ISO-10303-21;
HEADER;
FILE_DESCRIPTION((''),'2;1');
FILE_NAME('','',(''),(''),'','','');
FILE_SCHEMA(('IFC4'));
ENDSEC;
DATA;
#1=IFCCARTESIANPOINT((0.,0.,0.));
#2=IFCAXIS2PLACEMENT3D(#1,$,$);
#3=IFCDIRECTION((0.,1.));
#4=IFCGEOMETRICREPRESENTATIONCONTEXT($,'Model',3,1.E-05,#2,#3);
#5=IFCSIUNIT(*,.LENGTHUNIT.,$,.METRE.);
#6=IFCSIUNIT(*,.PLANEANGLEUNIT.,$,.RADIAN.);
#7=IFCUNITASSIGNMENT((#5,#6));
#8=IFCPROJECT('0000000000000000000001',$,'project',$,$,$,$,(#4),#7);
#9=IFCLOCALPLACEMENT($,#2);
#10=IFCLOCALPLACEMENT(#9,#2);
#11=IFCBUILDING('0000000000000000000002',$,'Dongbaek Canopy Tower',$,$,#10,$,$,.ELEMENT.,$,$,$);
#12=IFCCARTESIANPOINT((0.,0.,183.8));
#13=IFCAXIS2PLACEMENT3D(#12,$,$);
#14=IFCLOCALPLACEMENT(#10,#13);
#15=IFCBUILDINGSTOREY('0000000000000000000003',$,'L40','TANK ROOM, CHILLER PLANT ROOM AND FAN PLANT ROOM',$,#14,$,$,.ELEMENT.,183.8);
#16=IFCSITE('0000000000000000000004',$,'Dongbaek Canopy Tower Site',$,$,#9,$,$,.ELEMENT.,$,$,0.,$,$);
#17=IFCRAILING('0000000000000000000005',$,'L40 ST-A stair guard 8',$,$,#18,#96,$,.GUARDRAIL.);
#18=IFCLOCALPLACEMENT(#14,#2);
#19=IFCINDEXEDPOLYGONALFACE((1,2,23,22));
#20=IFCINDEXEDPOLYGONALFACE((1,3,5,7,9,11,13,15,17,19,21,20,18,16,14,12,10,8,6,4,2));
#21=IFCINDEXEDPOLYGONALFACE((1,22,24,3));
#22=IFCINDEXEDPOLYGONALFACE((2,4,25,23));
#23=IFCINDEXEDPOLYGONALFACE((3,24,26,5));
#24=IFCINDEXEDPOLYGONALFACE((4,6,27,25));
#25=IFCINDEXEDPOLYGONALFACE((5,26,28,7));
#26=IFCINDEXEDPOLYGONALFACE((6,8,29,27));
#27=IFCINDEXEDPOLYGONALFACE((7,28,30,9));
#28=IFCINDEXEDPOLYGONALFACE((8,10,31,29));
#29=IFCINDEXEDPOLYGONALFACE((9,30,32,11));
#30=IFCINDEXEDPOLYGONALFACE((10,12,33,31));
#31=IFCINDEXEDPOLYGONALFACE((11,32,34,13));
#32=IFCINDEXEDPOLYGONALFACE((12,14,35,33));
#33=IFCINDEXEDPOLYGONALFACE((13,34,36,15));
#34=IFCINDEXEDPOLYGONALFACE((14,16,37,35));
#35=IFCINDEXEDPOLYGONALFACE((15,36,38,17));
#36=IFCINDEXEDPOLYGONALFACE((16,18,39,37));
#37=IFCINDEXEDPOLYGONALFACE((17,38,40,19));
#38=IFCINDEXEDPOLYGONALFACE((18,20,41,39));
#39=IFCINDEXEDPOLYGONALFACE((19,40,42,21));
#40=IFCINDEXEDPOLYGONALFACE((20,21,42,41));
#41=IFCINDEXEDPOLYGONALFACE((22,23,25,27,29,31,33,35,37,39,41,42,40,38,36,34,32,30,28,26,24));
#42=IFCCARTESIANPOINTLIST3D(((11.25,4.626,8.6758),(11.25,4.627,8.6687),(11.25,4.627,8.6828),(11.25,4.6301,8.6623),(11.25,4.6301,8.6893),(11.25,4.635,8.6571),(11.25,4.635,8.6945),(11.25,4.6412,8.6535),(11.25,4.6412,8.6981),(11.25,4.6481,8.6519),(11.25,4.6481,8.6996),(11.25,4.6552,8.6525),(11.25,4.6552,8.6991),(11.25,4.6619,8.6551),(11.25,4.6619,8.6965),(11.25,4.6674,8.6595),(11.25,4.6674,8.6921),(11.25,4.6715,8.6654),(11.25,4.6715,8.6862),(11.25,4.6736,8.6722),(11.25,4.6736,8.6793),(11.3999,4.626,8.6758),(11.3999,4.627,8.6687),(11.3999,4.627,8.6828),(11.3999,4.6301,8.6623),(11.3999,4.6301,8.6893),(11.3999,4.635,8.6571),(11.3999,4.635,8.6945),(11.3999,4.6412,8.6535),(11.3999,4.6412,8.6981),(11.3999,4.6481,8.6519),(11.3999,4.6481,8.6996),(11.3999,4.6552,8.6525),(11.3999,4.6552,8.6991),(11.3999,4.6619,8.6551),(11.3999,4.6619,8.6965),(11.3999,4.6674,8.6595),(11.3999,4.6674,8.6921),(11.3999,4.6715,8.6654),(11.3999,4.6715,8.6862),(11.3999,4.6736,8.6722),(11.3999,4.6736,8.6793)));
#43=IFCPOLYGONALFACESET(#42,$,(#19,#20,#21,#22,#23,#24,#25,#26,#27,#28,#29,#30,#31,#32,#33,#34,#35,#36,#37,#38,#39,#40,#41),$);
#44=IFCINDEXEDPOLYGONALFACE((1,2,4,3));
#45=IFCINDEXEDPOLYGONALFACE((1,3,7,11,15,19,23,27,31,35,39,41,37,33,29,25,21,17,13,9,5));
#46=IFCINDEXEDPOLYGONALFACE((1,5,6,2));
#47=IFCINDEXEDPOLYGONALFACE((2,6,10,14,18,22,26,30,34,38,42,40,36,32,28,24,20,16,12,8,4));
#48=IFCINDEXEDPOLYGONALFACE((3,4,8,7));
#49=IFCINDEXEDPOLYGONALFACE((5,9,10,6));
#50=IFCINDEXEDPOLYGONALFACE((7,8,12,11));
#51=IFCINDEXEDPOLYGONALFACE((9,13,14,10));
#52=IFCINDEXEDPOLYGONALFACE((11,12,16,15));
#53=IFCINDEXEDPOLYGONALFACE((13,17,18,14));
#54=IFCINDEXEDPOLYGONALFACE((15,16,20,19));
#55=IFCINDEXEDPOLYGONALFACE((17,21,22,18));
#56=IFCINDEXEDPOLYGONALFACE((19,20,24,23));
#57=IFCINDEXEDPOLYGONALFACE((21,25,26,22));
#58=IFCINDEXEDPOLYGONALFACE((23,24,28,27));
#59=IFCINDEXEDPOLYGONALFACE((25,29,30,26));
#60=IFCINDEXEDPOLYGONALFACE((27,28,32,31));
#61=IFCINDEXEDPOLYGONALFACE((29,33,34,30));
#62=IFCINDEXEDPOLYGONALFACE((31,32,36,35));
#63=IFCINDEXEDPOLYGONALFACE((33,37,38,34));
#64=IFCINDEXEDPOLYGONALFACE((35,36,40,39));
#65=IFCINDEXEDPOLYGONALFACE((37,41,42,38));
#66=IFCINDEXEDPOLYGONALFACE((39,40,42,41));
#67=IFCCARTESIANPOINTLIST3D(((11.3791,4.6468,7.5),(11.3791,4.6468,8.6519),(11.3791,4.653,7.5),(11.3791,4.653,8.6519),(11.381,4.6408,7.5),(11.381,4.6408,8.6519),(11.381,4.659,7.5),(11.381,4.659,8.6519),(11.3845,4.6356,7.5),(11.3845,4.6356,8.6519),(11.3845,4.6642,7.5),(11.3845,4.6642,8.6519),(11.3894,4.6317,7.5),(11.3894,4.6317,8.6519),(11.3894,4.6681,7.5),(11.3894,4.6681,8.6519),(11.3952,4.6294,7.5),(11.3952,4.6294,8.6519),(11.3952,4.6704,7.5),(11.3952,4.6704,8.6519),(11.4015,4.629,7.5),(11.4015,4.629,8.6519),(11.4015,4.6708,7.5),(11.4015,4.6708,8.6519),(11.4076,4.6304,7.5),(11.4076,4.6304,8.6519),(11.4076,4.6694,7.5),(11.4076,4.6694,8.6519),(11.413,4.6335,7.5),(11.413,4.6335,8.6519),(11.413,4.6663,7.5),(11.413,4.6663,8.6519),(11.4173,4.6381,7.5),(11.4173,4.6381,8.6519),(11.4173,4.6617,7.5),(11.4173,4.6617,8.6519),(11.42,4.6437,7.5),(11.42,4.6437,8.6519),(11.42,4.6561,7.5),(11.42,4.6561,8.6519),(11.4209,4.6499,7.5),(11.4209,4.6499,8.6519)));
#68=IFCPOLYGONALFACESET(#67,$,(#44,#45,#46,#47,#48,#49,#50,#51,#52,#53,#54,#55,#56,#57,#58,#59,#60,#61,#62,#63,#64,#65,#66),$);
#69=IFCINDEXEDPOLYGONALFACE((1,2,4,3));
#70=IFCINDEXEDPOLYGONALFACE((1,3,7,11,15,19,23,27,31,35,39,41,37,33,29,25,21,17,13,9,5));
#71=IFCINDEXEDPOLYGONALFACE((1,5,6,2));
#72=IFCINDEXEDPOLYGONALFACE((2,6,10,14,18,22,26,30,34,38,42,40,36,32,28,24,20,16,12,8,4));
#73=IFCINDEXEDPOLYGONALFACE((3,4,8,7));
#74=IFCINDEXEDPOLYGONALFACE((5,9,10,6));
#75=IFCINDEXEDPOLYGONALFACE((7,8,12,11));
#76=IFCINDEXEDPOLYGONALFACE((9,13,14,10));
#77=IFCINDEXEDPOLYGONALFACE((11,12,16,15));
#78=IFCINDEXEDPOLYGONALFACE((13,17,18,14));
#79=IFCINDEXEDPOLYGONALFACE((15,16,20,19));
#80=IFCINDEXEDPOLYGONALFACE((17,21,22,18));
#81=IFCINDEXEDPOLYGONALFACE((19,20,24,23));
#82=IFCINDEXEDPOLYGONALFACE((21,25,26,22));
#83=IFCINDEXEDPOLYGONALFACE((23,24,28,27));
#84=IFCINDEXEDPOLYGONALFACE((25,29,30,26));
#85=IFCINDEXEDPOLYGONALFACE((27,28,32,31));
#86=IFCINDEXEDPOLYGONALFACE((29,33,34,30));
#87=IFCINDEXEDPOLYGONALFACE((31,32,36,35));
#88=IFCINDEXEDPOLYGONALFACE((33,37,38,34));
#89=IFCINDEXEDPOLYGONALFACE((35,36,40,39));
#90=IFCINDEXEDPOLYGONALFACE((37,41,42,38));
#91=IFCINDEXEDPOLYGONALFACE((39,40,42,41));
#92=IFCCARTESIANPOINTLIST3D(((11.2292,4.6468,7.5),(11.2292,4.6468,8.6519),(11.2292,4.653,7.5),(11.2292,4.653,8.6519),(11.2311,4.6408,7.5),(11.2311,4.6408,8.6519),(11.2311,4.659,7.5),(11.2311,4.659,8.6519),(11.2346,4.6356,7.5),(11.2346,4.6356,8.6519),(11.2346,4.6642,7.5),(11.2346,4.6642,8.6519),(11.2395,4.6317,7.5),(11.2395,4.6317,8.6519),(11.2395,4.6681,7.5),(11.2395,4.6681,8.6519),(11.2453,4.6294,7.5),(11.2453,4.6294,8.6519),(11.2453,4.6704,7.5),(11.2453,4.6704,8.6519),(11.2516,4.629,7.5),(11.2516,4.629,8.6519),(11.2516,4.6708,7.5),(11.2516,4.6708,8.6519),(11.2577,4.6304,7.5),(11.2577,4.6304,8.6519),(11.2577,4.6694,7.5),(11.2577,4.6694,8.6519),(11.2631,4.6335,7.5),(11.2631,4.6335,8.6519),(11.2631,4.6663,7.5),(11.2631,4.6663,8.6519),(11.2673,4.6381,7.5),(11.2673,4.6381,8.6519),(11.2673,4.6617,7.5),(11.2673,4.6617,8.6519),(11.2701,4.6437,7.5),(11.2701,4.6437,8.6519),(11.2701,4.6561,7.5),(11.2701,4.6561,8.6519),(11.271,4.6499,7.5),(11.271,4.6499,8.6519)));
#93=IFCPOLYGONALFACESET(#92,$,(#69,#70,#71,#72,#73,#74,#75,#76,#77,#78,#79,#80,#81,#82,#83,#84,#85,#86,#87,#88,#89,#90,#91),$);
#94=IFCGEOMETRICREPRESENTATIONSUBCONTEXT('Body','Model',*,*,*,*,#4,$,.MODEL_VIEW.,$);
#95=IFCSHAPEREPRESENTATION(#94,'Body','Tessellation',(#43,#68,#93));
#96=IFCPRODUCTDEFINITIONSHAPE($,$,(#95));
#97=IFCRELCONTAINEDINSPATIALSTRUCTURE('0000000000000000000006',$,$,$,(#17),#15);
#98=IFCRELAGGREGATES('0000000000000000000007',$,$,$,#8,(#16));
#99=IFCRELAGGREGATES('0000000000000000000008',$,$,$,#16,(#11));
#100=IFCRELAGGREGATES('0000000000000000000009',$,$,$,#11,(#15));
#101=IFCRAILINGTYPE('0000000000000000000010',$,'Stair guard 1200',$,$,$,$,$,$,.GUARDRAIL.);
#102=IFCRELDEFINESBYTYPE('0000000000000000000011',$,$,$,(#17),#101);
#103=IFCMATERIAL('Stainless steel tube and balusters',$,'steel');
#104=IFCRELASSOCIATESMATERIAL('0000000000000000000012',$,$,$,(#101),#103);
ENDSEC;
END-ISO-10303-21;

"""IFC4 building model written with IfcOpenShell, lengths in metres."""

from ifc_helpers import new_model, si_unit, direction, frame, origin, origin_2d, place, context, subcontext, project, spatial, circle, extrude, material, type_object, element, save


model = new_model("IFC4")

# Units and contexts
model_context = context("Model", 3, precision=1e-05, world=origin(), true_north=direction((0.0, 1.0)))
body_context = subcontext(model_context, "Body", "Model", "MODEL_VIEW")
ifc_project = project(units=[si_unit("LENGTHUNIT", "METRE"), si_unit("PLANEANGLEUNIT", "RADIAN")], contexts=[model_context])

# Site, building, storey
site_placement = place(None, origin())
site = spatial("IfcSite", under=ifc_project, at=site_placement, Name="Dongbaek Canopy Tower Site", CompositionType="ELEMENT", RefElevation=0.0)
building_placement = place(site_placement, origin())
building = spatial("IfcBuilding", under=site, at=building_placement, Name="Dongbaek Canopy Tower", CompositionType="ELEMENT")
storey_placement = place(building_placement, frame((0.0, 0.0, 183.8)))
storey = spatial("IfcBuildingStorey", under=building, at=storey_placement, Name="L40", Description="TANK ROOM, CHILLER PLANT ROOM AND FAN PLANT ROOM", CompositionType="ELEMENT", Elevation=183.8)

# Railing
ifc_material_1 = material(Name="Stainless steel tube and balusters", Category="steel")
railing_type_1 = type_object("IfcRailingType", Name="Stair guard 1200", PredefinedType="GUARDRAIL", material=ifc_material_1)
railing_1_placement = place(storey_placement, frame((11.3999, 4.6499, 7.5)))
element("IfcRailing", 1, at=railing_1_placement, inside=storey, type_object=railing_type_1, Name="L40 ST-A stair guard 8", PredefinedType="GUARDRAIL", context=body_context, shape_type="SweptSolid", body=[
    extrude(circle(Radius=0.0239, at=origin_2d()), frame((0.0, 0.0, 1.1758), z_axis=(-1.0, 0.0, 0.0), x_axis=(0.0, -1.0, 0.0)), (0.0, 0.0, 1.0), 0.1499),
    extrude(circle(Radius=0.021, at=origin_2d()), origin(), (0.0, 0.0, 1.0), 1.1519),
    extrude(circle(Radius=0.021, at=origin_2d()), frame((-0.1499, 0.0, 0.0)), (0.0, 0.0, 1.0), 1.1519),
])

save(model, "model.ifc")
